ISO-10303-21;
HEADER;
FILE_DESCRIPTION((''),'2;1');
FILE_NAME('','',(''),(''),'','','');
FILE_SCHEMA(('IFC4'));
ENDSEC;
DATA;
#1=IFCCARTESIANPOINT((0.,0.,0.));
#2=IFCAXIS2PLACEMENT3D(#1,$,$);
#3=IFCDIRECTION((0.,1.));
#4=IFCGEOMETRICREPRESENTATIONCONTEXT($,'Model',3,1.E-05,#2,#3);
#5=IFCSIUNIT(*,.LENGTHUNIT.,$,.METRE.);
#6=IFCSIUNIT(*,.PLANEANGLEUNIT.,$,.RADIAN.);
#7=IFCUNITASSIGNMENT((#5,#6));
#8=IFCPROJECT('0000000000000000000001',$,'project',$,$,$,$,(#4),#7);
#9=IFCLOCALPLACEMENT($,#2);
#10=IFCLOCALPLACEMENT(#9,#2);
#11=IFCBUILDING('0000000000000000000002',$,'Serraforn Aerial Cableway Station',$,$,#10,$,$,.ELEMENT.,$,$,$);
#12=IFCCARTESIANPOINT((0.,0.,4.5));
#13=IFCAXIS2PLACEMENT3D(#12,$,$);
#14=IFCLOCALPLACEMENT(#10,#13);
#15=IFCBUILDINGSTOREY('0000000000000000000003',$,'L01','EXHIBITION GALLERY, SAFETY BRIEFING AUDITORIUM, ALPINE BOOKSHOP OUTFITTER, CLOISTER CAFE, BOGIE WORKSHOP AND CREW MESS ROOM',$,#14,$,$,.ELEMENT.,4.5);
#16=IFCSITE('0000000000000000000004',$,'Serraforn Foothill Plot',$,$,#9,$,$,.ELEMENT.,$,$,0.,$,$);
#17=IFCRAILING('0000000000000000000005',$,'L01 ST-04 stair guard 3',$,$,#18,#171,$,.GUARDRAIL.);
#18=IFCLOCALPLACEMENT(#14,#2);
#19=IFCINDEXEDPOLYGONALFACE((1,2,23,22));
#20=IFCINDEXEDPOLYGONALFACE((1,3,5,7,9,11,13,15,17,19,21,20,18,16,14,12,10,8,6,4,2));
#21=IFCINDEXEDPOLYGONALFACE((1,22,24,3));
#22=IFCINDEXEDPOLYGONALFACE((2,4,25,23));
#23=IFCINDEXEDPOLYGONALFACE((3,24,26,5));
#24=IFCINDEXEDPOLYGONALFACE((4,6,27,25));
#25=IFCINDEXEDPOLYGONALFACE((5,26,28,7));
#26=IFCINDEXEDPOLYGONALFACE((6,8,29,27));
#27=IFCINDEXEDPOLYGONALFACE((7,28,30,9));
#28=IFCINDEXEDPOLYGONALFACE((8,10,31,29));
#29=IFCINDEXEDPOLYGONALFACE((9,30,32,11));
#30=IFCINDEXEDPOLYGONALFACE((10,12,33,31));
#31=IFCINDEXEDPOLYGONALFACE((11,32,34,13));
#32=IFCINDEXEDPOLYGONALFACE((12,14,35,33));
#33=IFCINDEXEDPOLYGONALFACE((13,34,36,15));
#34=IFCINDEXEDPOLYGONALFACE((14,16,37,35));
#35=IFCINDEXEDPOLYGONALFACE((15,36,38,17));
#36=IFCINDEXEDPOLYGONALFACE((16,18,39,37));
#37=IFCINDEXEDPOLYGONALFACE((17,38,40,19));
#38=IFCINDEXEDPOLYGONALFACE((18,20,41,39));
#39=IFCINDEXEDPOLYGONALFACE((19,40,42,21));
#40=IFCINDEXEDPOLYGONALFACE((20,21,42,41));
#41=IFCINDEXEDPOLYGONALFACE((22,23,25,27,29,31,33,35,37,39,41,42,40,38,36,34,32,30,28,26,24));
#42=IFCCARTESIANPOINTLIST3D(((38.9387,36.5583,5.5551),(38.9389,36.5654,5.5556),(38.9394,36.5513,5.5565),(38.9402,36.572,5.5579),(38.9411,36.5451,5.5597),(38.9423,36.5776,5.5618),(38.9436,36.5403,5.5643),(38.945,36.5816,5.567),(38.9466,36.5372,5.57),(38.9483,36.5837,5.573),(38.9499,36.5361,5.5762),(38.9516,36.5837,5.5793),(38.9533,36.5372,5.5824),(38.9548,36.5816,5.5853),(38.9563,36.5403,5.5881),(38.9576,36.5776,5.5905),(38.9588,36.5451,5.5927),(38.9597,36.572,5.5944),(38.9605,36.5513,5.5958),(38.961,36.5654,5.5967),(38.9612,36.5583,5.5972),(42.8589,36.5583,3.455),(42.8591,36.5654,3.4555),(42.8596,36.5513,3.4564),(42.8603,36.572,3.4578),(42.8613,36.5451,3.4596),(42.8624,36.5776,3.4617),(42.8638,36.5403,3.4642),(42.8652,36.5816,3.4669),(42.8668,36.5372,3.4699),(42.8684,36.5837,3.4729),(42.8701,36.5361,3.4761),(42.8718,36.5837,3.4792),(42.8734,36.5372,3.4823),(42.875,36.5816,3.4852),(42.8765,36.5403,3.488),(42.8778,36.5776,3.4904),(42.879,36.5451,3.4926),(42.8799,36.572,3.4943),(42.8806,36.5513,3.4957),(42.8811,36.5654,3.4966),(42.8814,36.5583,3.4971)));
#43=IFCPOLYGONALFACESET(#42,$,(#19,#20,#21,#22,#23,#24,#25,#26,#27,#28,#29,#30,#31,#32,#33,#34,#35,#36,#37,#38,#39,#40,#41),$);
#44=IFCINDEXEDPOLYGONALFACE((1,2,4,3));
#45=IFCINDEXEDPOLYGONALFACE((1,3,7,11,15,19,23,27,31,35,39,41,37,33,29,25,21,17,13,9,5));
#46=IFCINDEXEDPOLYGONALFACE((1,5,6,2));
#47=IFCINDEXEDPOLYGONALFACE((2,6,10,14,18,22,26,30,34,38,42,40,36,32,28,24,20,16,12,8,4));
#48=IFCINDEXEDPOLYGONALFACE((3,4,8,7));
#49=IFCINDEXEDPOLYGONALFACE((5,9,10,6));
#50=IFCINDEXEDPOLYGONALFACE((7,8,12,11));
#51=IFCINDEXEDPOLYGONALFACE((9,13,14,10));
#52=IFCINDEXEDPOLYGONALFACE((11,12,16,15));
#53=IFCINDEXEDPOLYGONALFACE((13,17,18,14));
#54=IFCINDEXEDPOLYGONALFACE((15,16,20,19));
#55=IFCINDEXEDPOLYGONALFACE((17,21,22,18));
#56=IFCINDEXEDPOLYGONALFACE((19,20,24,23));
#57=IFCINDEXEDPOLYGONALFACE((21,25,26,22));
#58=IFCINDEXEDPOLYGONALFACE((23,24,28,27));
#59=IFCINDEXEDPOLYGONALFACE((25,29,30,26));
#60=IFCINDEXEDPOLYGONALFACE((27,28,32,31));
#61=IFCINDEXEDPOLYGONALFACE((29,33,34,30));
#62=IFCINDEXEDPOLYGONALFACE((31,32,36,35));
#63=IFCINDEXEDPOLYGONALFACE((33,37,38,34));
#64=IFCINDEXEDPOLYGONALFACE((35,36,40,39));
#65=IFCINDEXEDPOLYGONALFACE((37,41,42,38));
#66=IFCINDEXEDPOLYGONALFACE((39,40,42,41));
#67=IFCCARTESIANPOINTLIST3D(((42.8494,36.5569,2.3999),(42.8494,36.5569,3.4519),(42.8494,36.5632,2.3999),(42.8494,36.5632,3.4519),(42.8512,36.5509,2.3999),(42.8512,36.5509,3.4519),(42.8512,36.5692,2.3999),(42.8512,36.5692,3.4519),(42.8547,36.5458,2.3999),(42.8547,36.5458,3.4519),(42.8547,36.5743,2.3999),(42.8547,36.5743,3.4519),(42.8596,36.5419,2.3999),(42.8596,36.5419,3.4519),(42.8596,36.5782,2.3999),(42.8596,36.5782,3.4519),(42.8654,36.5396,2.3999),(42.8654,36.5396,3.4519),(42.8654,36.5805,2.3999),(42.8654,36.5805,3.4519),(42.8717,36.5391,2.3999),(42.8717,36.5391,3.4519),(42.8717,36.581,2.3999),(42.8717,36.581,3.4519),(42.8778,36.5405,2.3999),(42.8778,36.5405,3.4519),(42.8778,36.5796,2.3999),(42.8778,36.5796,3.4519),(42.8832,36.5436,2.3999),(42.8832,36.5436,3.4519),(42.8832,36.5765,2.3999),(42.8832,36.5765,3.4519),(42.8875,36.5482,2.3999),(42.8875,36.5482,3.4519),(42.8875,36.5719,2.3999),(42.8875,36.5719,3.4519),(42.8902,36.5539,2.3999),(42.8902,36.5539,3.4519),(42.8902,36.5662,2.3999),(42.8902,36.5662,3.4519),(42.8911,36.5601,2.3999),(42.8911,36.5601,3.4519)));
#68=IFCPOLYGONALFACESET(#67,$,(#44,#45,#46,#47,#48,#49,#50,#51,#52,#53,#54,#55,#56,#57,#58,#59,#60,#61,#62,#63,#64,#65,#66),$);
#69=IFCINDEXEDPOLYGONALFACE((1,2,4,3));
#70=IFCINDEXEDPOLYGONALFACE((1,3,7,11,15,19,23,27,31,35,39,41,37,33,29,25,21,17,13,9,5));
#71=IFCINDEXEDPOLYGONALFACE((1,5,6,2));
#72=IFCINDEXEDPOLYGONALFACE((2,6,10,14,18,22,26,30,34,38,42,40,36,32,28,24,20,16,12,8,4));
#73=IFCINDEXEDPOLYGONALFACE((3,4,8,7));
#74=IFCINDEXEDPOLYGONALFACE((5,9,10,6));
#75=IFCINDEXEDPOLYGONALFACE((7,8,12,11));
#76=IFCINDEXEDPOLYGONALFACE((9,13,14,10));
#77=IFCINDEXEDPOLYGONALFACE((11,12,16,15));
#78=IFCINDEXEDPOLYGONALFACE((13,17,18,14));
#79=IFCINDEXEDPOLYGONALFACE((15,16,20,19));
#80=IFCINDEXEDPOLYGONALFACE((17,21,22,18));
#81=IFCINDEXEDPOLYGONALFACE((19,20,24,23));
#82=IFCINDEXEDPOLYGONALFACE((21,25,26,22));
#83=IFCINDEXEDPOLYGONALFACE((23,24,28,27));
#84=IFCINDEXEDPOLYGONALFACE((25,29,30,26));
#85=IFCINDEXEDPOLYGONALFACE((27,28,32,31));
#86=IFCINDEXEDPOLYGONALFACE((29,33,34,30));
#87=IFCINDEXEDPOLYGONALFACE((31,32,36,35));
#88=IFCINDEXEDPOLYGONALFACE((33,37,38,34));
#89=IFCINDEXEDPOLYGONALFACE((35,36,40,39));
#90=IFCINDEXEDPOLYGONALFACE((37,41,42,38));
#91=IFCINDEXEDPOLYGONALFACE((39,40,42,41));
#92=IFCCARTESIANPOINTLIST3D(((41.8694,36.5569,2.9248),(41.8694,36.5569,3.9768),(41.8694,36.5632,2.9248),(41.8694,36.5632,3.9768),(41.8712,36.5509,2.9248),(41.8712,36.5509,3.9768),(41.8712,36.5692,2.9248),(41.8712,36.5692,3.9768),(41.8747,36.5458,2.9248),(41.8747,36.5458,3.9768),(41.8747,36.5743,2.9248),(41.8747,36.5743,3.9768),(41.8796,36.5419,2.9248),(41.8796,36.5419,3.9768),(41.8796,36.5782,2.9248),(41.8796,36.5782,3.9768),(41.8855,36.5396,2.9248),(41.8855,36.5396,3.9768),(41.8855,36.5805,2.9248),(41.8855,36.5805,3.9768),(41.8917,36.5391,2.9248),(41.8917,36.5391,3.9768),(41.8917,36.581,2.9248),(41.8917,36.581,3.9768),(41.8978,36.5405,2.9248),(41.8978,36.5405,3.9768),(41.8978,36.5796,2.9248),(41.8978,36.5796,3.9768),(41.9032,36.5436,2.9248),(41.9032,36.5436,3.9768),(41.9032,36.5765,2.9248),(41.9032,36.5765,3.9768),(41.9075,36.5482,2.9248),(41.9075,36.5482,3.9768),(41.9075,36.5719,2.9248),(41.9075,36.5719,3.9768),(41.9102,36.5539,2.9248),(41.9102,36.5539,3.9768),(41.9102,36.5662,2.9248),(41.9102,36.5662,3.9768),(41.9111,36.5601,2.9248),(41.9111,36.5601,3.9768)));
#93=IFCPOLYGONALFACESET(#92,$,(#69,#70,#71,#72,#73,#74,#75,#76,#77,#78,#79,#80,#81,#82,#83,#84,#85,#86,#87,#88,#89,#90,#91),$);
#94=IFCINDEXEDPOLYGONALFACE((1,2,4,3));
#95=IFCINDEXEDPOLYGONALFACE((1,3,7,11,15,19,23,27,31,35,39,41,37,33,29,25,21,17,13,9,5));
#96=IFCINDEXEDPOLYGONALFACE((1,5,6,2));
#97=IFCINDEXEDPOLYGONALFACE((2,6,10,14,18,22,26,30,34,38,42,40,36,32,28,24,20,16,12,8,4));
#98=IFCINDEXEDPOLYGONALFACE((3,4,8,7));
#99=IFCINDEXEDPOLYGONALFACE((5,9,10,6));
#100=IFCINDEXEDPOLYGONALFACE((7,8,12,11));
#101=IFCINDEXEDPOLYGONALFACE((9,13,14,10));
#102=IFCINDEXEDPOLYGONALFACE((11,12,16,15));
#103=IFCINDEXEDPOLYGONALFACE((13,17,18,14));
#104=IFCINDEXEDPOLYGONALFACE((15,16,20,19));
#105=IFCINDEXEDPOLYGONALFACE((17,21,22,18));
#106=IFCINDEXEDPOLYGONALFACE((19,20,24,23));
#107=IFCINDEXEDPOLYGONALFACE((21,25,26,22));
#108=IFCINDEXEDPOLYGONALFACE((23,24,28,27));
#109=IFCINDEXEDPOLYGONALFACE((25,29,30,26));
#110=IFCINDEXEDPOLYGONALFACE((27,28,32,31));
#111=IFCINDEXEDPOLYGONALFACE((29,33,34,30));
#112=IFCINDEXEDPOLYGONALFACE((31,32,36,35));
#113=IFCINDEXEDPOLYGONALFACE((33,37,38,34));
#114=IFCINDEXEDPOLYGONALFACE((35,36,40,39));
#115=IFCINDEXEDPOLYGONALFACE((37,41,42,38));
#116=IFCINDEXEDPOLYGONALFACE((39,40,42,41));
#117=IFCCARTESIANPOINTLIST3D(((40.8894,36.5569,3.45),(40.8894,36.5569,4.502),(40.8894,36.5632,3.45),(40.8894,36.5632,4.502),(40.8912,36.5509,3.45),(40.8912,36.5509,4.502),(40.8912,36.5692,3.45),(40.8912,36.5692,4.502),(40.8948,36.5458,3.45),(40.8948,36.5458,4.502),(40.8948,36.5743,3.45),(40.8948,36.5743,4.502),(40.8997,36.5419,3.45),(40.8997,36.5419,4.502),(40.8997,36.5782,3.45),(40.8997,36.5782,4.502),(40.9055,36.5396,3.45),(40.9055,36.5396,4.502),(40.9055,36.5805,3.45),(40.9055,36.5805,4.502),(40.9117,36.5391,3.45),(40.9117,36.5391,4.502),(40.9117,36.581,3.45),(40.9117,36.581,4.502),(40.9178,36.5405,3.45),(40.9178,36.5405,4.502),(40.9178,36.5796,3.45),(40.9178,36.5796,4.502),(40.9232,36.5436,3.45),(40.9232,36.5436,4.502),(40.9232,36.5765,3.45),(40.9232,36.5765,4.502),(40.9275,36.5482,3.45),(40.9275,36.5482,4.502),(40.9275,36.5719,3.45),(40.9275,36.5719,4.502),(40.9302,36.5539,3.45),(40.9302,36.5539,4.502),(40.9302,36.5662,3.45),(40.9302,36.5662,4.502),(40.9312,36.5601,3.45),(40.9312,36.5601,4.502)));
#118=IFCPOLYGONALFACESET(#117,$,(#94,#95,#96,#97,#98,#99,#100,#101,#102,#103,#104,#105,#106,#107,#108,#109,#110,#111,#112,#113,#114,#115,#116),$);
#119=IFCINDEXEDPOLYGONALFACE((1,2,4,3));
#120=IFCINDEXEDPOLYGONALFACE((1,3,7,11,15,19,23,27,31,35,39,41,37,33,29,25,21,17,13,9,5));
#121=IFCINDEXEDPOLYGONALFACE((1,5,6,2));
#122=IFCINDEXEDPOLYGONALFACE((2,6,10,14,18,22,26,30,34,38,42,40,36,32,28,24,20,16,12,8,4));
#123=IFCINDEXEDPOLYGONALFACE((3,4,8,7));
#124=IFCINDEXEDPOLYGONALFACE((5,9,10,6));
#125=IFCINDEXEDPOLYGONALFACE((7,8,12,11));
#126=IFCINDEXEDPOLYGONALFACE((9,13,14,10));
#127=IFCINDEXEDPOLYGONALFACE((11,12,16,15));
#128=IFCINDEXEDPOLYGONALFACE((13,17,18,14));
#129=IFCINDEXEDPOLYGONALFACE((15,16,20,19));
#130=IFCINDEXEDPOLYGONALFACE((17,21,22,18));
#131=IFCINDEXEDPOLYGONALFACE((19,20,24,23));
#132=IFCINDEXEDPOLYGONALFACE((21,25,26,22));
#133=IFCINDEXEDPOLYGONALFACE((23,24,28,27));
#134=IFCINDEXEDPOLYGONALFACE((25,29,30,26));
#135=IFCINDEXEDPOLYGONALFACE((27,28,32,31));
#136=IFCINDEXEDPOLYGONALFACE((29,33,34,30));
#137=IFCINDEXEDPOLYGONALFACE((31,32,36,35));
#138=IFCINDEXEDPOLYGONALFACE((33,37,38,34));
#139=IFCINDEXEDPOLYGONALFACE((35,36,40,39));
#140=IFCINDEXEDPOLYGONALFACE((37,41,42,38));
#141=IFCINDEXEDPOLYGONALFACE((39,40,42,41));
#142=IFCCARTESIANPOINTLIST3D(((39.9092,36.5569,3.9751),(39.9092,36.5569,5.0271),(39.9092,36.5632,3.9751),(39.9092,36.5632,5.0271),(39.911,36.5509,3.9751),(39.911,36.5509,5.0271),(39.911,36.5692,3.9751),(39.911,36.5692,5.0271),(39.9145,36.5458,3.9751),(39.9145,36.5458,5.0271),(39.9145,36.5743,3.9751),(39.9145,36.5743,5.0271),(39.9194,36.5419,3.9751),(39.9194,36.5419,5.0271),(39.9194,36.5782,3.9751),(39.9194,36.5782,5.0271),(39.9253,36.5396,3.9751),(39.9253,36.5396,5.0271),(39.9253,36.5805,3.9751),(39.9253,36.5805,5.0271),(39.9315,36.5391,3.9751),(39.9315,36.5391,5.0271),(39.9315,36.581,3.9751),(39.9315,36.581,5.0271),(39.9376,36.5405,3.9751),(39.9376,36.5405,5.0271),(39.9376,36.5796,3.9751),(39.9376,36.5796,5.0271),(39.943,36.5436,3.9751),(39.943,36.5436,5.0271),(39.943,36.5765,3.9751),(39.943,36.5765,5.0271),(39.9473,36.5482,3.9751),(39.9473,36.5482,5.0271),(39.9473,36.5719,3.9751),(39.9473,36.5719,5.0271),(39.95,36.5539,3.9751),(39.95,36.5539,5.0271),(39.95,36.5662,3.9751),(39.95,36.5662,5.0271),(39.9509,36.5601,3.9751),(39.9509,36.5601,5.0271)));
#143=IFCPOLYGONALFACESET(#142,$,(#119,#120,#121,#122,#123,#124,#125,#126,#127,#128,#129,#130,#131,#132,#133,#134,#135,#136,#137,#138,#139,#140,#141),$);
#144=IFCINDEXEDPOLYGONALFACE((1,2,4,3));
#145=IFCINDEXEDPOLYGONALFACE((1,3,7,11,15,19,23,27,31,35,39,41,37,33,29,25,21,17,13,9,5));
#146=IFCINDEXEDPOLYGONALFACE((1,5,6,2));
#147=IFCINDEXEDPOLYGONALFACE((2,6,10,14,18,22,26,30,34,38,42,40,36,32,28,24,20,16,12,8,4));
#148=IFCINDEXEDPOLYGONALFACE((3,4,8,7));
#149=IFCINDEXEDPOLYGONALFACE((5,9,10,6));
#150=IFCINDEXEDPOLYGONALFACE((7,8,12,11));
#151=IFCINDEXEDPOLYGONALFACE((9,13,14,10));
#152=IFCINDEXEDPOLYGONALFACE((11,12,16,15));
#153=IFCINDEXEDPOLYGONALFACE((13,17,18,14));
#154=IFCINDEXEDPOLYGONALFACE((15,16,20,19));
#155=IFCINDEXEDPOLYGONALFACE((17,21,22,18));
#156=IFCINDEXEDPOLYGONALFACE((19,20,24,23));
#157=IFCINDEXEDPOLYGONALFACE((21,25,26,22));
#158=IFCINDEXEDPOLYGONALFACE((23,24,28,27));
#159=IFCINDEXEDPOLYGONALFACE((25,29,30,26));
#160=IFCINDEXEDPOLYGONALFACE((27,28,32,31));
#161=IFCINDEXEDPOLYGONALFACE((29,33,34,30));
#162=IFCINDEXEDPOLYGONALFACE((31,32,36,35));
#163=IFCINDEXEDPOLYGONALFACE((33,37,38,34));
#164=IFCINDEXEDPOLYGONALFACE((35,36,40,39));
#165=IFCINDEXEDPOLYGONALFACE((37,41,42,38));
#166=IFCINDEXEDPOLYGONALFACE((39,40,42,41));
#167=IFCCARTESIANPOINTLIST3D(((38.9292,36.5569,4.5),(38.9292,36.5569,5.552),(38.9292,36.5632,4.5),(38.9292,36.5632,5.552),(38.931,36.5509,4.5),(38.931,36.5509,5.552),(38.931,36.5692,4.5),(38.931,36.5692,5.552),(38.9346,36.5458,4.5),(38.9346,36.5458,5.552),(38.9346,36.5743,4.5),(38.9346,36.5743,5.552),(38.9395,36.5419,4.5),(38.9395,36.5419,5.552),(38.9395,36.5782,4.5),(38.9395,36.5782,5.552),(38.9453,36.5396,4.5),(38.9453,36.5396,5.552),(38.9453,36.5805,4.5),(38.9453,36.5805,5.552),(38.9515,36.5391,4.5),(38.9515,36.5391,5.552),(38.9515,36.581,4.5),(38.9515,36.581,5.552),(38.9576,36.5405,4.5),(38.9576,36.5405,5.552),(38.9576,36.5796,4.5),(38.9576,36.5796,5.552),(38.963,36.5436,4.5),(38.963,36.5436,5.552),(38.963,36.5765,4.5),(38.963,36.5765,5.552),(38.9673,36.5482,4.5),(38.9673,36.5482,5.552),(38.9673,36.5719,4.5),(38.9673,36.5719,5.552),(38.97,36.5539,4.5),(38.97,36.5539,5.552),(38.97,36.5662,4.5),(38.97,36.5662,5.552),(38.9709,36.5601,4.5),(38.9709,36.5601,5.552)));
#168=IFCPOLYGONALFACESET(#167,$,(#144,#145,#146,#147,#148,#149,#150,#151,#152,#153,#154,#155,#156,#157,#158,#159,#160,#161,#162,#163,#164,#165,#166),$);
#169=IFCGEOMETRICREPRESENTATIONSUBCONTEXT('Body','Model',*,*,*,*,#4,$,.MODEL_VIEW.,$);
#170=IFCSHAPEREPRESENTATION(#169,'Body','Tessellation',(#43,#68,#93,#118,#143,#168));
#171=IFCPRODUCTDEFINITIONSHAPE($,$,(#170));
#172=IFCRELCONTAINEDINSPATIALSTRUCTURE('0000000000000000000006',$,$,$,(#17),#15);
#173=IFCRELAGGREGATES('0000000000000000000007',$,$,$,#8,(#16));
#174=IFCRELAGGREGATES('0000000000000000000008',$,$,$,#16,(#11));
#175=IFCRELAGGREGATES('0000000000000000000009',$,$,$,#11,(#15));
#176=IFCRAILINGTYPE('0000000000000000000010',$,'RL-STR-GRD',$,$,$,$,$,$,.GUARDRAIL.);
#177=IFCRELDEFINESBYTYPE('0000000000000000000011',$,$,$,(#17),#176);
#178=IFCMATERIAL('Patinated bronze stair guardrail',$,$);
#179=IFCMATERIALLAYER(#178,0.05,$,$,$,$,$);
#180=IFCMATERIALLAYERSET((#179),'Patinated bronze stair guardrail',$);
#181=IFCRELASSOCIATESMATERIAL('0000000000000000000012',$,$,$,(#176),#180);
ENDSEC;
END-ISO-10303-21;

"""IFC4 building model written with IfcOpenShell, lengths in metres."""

from ifc_helpers import new_model, si_unit, direction, frame, origin, origin_2d, place, context, subcontext, project, spatial, circle, extrude, material, layer, layer_set, type_object, element, save


model = new_model("IFC4")

# Units and contexts
model_context = context("Model", 3, precision=1e-05, world=origin(), true_north=direction((0.0, 1.0)))
body_context = subcontext(model_context, "Body", "Model", "MODEL_VIEW")
ifc_project = project(units=[si_unit("LENGTHUNIT", "METRE"), si_unit("PLANEANGLEUNIT", "RADIAN")], contexts=[model_context])

# Site, building, storey
site_placement = place(None, origin())
site = spatial("IfcSite", under=ifc_project, at=site_placement, Name="Serraforn Foothill Plot", CompositionType="ELEMENT", RefElevation=0.0)
building_placement = place(site_placement, origin())
building = spatial("IfcBuilding", under=site, at=building_placement, Name="Serraforn Aerial Cableway Station", CompositionType="ELEMENT")
storey_placement = place(building_placement, frame((0.0, 0.0, 4.5)))
storey = spatial("IfcBuildingStorey", under=building, at=storey_placement, Name="L01", Description="EXHIBITION GALLERY, SAFETY BRIEFING AUDITORIUM, ALPINE BOOKSHOP OUTFITTER, CLOISTER CAFE, BOGIE WORKSHOP AND CREW MESS ROOM", CompositionType="ELEMENT", Elevation=4.5)

# Railing
ifc_material_1 = material(Name="Patinated bronze stair guardrail")
ifc_layer_1 = layer(ifc_material_1, 0.05)
ifc_layer_set_1 = layer_set([ifc_layer_1], Name="Patinated bronze stair guardrail")
railing_type_1 = type_object("IfcRailingType", Name="RL-STR-GRD", PredefinedType="GUARDRAIL", material=ifc_layer_set_1)
railing_1_placement = place(storey_placement, frame((42.8701, 36.5601, 2.3999)))
element("IfcRailing", 1, at=railing_1_placement, inside=storey, type_object=railing_type_1, Name="L01 ST-04 stair guard 3", PredefinedType="GUARDRAIL", context=body_context, shape_type="SweptSolid", body=[
    extrude(circle(Radius=0.0239, at=origin_2d()), frame((0.0, 0.0, 1.0762), z_axis=(-0.881479, 0.0, 0.472223), x_axis=(0.0, -1.0, 0.0)), (0.0, 0.0, 1.0), 4.4473),
    extrude(circle(Radius=0.021, at=origin_2d()), origin(), (0.0, 0.0, 1.0), 1.052),
    extrude(circle(Radius=0.021, at=origin_2d()), frame((-0.98, 0.0, 0.5249)), (0.0, 0.0, 1.0), 1.052),
    extrude(circle(Radius=0.021, at=origin_2d()), frame((-1.96, 0.0, 1.05)), (0.0, 0.0, 1.0), 1.052),
    extrude(circle(Radius=0.021, at=origin_2d()), frame((-2.9402, 0.0, 1.5752)), (0.0, 0.0, 1.0), 1.052),
    extrude(circle(Radius=0.021, at=origin_2d()), frame((-3.9202, 0.0, 2.1001)), (0.0, 0.0, 1.0), 1.052),
])

save(model, "model.ifc")
